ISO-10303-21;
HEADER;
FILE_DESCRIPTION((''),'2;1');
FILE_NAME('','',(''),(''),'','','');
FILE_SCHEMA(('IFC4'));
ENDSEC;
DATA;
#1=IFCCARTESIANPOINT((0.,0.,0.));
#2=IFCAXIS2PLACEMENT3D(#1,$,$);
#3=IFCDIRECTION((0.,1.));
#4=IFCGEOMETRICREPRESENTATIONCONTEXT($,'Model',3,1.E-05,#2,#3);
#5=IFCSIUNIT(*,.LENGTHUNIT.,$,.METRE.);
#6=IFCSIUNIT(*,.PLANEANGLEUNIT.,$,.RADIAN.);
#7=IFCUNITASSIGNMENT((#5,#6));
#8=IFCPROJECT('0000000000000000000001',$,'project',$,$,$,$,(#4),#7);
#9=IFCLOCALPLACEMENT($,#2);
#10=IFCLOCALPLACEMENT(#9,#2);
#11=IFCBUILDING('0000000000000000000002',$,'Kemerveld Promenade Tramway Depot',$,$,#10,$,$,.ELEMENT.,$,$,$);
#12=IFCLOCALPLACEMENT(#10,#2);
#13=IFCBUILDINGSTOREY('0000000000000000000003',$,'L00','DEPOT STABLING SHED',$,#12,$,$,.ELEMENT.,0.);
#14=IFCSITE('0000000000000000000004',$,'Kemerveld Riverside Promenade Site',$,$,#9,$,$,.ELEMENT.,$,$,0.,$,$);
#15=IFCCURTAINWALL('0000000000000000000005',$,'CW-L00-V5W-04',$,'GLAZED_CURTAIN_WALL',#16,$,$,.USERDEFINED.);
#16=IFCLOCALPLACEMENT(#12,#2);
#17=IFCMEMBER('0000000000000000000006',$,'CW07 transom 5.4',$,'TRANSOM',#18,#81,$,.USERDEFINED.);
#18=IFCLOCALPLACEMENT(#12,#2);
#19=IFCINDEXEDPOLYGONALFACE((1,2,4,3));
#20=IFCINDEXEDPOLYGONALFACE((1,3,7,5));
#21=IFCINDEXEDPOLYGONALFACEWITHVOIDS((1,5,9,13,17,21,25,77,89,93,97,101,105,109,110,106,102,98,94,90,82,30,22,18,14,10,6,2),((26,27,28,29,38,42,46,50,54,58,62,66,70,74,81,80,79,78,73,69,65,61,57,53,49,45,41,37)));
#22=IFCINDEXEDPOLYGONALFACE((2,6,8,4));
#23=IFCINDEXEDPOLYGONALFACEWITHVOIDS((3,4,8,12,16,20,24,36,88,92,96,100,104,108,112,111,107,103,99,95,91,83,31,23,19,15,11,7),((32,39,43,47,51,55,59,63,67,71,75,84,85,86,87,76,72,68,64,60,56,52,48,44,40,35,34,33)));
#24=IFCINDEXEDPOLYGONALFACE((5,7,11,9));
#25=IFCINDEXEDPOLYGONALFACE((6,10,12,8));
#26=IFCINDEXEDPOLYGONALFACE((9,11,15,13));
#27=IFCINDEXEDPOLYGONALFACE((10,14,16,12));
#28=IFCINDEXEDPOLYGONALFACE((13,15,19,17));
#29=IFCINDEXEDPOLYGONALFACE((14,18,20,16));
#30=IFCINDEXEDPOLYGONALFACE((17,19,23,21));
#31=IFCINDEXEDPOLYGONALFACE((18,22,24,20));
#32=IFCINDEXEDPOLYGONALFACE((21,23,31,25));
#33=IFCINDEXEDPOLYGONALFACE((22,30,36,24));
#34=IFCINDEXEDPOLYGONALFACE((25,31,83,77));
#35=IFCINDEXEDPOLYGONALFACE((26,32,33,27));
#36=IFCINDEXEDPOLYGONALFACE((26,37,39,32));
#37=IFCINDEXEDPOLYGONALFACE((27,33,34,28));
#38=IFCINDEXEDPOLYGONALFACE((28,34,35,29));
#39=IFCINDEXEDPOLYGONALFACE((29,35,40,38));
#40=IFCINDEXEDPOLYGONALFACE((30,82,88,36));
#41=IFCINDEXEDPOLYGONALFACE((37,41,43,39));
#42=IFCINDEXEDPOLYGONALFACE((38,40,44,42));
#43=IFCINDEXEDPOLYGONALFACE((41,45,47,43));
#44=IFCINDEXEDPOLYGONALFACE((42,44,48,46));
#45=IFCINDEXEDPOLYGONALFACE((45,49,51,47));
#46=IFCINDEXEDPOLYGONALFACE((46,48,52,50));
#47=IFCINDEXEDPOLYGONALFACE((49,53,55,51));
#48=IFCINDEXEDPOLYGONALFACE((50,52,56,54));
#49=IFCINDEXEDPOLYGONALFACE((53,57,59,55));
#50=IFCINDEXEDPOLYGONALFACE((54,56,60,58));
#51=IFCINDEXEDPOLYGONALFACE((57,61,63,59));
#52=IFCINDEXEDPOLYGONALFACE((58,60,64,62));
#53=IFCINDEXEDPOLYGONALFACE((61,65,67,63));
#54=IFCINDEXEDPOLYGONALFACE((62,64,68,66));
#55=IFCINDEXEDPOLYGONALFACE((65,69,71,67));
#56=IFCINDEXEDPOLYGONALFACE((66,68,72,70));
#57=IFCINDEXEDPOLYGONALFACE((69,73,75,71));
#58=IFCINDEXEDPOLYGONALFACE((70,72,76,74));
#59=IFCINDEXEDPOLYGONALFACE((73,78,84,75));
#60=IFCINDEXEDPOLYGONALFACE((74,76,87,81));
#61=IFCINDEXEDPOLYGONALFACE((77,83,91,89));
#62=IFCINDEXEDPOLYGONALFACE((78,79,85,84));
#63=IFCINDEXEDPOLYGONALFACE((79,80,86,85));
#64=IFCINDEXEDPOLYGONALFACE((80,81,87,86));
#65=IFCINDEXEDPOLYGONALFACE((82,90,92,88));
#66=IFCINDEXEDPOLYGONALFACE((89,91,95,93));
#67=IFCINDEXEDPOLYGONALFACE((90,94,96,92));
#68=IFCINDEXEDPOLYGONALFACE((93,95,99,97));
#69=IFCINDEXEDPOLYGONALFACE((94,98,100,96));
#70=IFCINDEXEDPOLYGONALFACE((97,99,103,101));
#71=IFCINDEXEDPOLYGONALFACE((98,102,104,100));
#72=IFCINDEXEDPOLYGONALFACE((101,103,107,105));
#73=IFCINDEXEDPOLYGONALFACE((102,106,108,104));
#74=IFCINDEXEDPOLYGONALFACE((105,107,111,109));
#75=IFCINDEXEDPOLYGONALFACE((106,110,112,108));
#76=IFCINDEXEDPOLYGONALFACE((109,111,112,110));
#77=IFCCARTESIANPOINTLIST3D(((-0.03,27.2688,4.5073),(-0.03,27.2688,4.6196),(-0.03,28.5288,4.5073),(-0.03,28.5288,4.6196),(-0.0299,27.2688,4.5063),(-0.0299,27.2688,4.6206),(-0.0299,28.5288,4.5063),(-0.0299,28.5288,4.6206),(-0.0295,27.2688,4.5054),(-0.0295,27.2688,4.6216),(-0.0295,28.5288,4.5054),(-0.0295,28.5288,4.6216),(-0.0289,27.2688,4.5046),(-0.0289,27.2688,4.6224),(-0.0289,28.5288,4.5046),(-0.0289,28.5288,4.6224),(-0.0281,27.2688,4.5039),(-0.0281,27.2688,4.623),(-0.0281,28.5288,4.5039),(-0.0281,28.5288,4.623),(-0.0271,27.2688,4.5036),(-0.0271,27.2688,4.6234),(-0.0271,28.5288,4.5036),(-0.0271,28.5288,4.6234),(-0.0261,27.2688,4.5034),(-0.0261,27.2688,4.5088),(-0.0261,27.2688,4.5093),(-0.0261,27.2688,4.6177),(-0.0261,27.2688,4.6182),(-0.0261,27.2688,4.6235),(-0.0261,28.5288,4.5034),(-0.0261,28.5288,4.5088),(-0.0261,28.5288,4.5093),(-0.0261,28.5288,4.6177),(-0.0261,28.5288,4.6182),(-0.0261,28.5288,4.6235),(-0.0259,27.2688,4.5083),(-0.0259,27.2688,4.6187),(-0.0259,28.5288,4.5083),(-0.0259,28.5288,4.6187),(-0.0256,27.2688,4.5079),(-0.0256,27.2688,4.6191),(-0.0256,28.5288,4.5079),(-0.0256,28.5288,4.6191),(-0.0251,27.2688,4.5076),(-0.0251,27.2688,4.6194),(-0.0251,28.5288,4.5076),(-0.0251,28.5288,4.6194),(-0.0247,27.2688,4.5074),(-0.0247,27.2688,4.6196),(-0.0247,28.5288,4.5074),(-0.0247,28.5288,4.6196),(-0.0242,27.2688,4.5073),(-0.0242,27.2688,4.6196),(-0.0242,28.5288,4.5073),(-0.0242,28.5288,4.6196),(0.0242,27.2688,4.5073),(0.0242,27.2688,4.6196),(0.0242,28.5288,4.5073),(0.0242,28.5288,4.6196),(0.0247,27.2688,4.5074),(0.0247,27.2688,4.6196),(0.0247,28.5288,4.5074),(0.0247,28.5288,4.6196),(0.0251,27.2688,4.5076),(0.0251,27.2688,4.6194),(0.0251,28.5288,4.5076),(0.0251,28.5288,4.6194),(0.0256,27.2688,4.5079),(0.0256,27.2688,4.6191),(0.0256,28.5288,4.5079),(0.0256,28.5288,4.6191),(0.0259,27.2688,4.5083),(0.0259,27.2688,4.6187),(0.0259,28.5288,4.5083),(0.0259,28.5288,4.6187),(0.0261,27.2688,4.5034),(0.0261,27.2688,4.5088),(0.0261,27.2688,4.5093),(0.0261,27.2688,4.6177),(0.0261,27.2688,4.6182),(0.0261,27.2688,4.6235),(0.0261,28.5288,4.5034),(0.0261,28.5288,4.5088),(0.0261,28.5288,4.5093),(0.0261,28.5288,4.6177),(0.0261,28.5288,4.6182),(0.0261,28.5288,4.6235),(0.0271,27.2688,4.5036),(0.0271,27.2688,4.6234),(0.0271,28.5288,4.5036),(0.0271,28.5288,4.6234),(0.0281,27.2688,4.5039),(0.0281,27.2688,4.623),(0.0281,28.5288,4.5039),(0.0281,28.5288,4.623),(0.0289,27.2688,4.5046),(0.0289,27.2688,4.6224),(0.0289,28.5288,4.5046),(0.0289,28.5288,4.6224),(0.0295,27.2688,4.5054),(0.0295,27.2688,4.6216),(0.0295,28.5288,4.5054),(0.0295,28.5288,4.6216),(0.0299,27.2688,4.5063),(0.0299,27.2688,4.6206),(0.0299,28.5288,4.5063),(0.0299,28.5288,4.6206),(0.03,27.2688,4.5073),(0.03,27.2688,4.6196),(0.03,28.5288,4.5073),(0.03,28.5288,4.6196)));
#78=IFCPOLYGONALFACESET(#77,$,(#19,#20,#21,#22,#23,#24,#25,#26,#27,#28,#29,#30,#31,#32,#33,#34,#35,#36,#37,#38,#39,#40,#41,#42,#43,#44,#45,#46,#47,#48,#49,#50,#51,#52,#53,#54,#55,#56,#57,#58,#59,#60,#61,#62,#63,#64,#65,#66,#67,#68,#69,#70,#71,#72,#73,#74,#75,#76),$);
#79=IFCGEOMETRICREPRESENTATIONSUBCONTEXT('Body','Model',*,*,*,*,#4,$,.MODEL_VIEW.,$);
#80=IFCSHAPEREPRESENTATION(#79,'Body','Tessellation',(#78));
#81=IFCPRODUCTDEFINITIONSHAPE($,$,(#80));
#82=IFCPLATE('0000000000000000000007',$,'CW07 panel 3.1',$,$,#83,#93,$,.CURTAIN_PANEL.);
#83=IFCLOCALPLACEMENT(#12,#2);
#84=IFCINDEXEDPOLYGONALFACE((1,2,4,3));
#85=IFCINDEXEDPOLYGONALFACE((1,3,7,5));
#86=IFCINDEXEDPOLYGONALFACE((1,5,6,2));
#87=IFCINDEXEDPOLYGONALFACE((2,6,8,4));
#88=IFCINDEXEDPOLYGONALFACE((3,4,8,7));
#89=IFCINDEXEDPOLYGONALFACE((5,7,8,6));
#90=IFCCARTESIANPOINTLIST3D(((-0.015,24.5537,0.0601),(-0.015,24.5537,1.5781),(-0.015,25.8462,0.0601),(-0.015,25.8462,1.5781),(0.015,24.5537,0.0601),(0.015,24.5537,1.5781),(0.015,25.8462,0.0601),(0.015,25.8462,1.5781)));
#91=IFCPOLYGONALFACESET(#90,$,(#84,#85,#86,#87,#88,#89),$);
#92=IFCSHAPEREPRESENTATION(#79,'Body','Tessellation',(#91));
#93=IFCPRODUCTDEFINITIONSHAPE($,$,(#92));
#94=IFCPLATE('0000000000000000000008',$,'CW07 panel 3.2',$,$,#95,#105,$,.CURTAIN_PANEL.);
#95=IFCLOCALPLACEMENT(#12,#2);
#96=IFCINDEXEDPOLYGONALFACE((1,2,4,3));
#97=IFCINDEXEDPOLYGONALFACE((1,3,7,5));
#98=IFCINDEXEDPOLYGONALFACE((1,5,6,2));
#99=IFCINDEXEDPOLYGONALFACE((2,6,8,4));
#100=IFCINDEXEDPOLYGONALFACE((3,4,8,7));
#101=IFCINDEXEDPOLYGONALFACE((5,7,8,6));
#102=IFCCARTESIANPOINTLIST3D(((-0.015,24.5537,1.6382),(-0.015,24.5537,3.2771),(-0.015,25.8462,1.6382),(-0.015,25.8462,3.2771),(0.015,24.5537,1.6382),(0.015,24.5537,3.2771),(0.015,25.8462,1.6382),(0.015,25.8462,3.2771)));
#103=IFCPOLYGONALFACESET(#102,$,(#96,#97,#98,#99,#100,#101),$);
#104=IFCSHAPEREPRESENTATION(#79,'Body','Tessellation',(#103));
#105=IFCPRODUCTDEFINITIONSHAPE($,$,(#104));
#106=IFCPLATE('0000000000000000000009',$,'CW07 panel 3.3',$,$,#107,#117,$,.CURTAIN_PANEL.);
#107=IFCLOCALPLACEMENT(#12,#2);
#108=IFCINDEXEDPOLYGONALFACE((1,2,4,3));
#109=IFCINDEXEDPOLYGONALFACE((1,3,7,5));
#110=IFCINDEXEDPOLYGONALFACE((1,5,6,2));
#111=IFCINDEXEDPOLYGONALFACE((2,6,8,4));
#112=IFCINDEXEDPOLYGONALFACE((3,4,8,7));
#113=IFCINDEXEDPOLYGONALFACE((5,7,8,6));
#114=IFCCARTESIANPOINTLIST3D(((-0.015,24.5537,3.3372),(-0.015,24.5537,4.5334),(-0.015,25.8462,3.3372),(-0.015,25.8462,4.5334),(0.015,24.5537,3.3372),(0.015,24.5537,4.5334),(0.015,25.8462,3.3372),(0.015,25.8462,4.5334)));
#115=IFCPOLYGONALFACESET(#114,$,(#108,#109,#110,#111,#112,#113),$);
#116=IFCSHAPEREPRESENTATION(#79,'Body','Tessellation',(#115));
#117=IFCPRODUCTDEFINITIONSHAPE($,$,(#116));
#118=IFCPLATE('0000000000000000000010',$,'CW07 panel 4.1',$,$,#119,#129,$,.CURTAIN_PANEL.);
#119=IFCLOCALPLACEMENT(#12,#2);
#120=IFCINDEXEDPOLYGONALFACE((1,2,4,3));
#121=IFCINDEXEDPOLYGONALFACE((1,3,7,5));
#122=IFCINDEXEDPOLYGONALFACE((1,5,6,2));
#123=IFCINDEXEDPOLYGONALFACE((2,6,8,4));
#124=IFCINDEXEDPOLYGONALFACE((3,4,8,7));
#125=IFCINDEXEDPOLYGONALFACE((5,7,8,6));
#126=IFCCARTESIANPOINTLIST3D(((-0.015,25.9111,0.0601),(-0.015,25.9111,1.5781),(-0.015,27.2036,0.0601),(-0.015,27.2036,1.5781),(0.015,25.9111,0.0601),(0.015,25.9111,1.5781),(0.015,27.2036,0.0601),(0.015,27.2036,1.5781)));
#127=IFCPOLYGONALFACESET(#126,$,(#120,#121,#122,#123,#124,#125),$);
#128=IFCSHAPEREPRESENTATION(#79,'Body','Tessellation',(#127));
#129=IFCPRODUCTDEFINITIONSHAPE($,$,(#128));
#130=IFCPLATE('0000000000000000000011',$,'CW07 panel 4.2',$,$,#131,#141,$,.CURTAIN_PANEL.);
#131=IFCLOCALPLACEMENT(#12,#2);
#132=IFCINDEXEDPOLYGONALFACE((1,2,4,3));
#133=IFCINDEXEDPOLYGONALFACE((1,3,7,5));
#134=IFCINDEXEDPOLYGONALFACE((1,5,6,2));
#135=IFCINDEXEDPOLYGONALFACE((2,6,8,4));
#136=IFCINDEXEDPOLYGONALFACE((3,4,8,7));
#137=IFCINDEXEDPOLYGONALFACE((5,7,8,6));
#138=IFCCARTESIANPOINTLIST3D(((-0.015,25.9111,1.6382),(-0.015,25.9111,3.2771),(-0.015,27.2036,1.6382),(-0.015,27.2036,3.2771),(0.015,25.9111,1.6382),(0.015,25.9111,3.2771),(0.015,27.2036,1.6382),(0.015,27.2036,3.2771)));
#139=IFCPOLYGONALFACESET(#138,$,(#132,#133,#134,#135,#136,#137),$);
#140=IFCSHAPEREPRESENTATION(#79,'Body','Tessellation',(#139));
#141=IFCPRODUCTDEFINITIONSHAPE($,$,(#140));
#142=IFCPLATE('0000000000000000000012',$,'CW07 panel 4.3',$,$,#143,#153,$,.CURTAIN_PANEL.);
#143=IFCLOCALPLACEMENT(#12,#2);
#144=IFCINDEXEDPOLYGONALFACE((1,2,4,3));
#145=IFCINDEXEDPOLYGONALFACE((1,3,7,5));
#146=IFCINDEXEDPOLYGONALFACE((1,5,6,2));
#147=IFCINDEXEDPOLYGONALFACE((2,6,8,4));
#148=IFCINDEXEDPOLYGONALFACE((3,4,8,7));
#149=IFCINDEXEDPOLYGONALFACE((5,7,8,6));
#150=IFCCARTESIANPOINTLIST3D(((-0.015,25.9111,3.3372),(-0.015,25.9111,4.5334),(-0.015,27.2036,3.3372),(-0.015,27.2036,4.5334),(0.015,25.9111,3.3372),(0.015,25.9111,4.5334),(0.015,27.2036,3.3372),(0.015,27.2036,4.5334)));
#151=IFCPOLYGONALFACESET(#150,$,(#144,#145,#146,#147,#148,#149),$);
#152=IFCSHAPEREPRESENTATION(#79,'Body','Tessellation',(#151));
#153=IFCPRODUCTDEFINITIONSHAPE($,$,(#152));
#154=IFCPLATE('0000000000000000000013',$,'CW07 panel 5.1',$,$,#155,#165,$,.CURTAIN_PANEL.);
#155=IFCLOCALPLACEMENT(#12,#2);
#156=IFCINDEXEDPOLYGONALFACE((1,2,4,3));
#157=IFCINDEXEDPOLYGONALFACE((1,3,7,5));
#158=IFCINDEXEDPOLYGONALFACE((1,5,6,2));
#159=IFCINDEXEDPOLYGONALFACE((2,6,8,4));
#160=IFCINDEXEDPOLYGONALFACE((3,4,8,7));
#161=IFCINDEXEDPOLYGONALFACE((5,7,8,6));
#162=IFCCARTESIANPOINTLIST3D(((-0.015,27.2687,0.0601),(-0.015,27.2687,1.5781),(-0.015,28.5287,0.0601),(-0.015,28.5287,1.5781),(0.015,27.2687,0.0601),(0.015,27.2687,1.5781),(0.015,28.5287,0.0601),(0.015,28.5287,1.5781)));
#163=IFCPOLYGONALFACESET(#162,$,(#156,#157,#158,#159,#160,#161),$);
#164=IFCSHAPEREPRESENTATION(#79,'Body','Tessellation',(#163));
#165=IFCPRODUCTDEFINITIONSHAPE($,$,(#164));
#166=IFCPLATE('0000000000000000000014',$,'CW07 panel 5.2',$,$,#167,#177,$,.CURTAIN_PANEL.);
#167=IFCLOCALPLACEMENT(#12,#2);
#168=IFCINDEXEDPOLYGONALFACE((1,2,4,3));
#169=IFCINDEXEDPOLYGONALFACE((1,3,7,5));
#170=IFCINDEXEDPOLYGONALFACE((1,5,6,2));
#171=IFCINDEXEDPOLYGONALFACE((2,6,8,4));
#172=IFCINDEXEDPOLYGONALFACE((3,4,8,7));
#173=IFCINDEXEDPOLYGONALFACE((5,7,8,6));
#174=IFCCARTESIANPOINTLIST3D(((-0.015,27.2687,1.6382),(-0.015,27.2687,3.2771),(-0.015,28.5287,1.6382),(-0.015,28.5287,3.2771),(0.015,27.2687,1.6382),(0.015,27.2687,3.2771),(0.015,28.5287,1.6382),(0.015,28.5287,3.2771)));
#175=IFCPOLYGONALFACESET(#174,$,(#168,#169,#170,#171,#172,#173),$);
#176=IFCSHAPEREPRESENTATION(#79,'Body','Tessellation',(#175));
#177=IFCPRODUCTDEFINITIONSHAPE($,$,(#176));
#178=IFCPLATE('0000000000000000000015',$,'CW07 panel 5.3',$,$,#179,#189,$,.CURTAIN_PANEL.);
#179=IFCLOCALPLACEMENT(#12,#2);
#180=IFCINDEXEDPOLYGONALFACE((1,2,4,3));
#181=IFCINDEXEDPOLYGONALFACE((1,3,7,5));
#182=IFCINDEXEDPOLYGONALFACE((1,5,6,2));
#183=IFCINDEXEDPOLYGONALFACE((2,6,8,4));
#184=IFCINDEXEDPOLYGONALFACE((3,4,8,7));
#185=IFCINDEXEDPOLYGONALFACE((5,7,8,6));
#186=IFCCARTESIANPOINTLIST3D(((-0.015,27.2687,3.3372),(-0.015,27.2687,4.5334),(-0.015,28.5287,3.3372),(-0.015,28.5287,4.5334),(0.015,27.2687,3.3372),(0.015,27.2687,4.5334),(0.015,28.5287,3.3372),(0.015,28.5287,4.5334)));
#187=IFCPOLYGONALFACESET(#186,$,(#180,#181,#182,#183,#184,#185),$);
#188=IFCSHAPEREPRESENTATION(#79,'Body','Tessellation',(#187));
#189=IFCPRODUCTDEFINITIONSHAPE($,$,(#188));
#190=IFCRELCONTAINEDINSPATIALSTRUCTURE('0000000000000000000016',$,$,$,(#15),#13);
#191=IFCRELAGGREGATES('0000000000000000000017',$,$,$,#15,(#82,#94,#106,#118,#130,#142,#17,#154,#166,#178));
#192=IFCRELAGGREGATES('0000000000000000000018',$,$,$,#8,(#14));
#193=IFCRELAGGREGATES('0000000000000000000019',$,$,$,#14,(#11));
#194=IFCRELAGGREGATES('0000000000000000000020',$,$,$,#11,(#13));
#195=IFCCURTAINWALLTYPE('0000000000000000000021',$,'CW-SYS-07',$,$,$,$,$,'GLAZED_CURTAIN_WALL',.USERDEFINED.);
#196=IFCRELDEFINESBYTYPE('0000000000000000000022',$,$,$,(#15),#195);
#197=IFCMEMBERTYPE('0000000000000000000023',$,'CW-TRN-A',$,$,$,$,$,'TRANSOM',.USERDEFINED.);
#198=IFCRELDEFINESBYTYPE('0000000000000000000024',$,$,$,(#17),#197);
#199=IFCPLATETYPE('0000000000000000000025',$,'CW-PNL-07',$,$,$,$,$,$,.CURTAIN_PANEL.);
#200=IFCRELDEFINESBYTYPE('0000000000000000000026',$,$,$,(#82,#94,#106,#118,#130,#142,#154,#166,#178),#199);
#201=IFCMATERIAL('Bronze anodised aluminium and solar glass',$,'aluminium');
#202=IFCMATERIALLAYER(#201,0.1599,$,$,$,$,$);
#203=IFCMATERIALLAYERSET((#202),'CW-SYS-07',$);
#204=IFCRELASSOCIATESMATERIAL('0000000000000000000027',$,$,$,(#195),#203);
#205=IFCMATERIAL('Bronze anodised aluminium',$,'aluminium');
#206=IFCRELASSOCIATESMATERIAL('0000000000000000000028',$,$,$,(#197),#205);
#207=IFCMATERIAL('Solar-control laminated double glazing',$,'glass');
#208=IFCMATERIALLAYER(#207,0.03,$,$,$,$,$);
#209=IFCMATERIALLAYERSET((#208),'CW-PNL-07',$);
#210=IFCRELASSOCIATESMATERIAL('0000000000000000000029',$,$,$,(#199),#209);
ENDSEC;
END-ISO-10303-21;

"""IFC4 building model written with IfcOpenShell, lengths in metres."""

from ifc_helpers import new_model, si_unit, direction, frame, origin, origin_2d, place, context, subcontext, project, spatial, rectangle, hollow_rectangle, extrude, material, layer, layer_set, material_profile, profile_set, type_object, element, aggregate, save


model = new_model("IFC4")

# Units and contexts
model_context = context("Model", 3, precision=1e-05, world=origin(), true_north=direction((0.0, 1.0)))
body_context = subcontext(model_context, "Body", "Model", "MODEL_VIEW")
ifc_project = project(units=[si_unit("LENGTHUNIT", "METRE"), si_unit("PLANEANGLEUNIT", "RADIAN")], contexts=[model_context])

# Site, building, storey
site_placement = place(None, origin())
site = spatial("IfcSite", under=ifc_project, at=site_placement, Name="Kemerveld Riverside Promenade Site", CompositionType="ELEMENT", RefElevation=0.0)
building_placement = place(site_placement, origin())
building = spatial("IfcBuilding", under=site, at=building_placement, Name="Kemerveld Promenade Tramway Depot", CompositionType="ELEMENT")
storey_placement = place(building_placement, origin())
storey = spatial("IfcBuildingStorey", under=building, at=storey_placement, Name="L00", Description="DEPOT STABLING SHED", CompositionType="ELEMENT", Elevation=0.0)

# Curtain wall, member, plates
ifc_material_1 = material(Name="Bronze anodised aluminium and solar glass", Category="aluminium")
ifc_layer_1 = layer(ifc_material_1, 0.1599)
ifc_layer_set_1 = layer_set([ifc_layer_1], Name="CW-SYS-07")
curtain_wall_type = type_object("IfcCurtainWallType", Name="CW-SYS-07", ElementType="GLAZED_CURTAIN_WALL", PredefinedType="USERDEFINED", material=ifc_layer_set_1)
curtain_wall_placement = place(storey_placement, origin())
curtain_wall = element("IfcCurtainWall", 1, at=curtain_wall_placement, inside=storey, type_object=curtain_wall_type, Name="CW-L00-V5W-04", ObjectType="GLAZED_CURTAIN_WALL", PredefinedType="USERDEFINED")
ifc_material_2 = material(Name="Bronze anodised aluminium", Category="aluminium")
ifc_material_profile_1 = material_profile(ifc_material_2, hollow_rectangle(XDim=0.0601, YDim=0.1201, WallThickness=0.0039, InnerFilletRadius=0.002, OuterFilletRadius=0.0039, at=origin_2d()), Name="CW-TRN-120x60")
ifc_profile_set_1 = profile_set([ifc_material_profile_1], Name="Bronze anodised aluminium")
member_type_1 = type_object("IfcMemberType", Name="CW-TRN-A", ElementType="TRANSOM", PredefinedType="USERDEFINED", material=ifc_profile_set_1)
member_1_placement = place(storey_placement, frame((0.0, 27.2688, 4.5635), z_axis=(0.0, 1.0, 0.0), x_axis=(-1.0, 0.0, 0.0)))
member_1 = element("IfcMember", 2, at=member_1_placement, type_object=member_type_1, Name="CW07 transom 5.4", ObjectType="TRANSOM", PredefinedType="USERDEFINED", context=body_context, shape_type="SweptSolid", body=[
    extrude(hollow_rectangle(XDim=0.0601, YDim=0.1201, WallThickness=0.0039, InnerFilletRadius=0.002, OuterFilletRadius=0.0039, at=origin_2d()), origin(), (0.0, 0.0, 1.0), 1.26),
])
ifc_material_3 = material(Name="Solar-control laminated double glazing", Category="glass")
ifc_layer_2 = layer(ifc_material_3, 0.03)
ifc_layer_set_2 = layer_set([ifc_layer_2], Name="CW-PNL-07")
plate_type_1 = type_object("IfcPlateType", Name="CW-PNL-07", PredefinedType="CURTAIN_PANEL", material=ifc_layer_set_2)
plate_1_placement = place(storey_placement, frame((0.0, 25.2, 0.0601), z_axis=(0.0, 0.0, 1.0), x_axis=(0.0, 1.0, 0.0)))
plate_1 = element("IfcPlate", 3, at=plate_1_placement, type_object=plate_type_1, Name="CW07 panel 3.1", PredefinedType="CURTAIN_PANEL", context=body_context, shape_type="SweptSolid", body=[
    extrude(rectangle(XDim=1.2925, YDim=0.03, at=origin_2d()), origin(), (0.0, 0.0, 1.0), 1.5181),
])
plate_2_placement = place(storey_placement, frame((0.0, 25.2, 1.6382), z_axis=(0.0, 0.0, 1.0), x_axis=(0.0, 1.0, 0.0)))
plate_2 = element("IfcPlate", 4, at=plate_2_placement, type_object=plate_type_1, Name="CW07 panel 3.2", PredefinedType="CURTAIN_PANEL", context=body_context, shape_type="SweptSolid", body=[
    extrude(rectangle(XDim=1.2925, YDim=0.03, at=origin_2d()), origin(), (0.0, 0.0, 1.0), 1.6389),
])
plate_3_placement = place(storey_placement, frame((0.0, 25.2, 3.3372), z_axis=(0.0, 0.0, 1.0), x_axis=(0.0, 1.0, 0.0)))
plate_3 = element("IfcPlate", 5, at=plate_3_placement, type_object=plate_type_1, Name="CW07 panel 3.3", PredefinedType="CURTAIN_PANEL", context=body_context, shape_type="SweptSolid", body=[
    extrude(rectangle(XDim=1.2925, YDim=0.03, at=origin_2d()), origin(), (0.0, 0.0, 1.0), 1.1963),
])
plate_4_placement = place(storey_placement, frame((0.0, 26.5574, 0.0601), z_axis=(0.0, 0.0, 1.0), x_axis=(0.0, 1.0, 0.0)))
plate_4 = element("IfcPlate", 6, at=plate_4_placement, type_object=plate_type_1, Name="CW07 panel 4.1", PredefinedType="CURTAIN_PANEL", context=body_context, shape_type="SweptSolid", body=[
    extrude(rectangle(XDim=1.2925, YDim=0.03, at=origin_2d()), origin(), (0.0, 0.0, 1.0), 1.5181),
])
plate_5_placement = place(storey_placement, frame((0.0, 26.5574, 1.6382), z_axis=(0.0, 0.0, 1.0), x_axis=(0.0, 1.0, 0.0)))
plate_5 = element("IfcPlate", 7, at=plate_5_placement, type_object=plate_type_1, Name="CW07 panel 4.2", PredefinedType="CURTAIN_PANEL", context=body_context, shape_type="SweptSolid", body=[
    extrude(rectangle(XDim=1.2925, YDim=0.03, at=origin_2d()), origin(), (0.0, 0.0, 1.0), 1.6389),
])
plate_6_placement = place(storey_placement, frame((0.0, 26.5574, 3.3372), z_axis=(0.0, 0.0, 1.0), x_axis=(0.0, 1.0, 0.0)))
plate_6 = element("IfcPlate", 8, at=plate_6_placement, type_object=plate_type_1, Name="CW07 panel 4.3", PredefinedType="CURTAIN_PANEL", context=body_context, shape_type="SweptSolid", body=[
    extrude(rectangle(XDim=1.2925, YDim=0.03, at=origin_2d()), origin(), (0.0, 0.0, 1.0), 1.1963),
])
plate_7_placement = place(storey_placement, frame((0.0, 27.8987, 0.0601), z_axis=(0.0, 0.0, 1.0), x_axis=(0.0, 1.0, 0.0)))
plate_7 = element("IfcPlate", 9, at=plate_7_placement, type_object=plate_type_1, Name="CW07 panel 5.1", PredefinedType="CURTAIN_PANEL", context=body_context, shape_type="SweptSolid", body=[
    extrude(rectangle(XDim=1.26, YDim=0.03, at=origin_2d()), origin(), (0.0, 0.0, 1.0), 1.5181),
])
plate_8_placement = place(storey_placement, frame((0.0, 27.8987, 1.6382), z_axis=(0.0, 0.0, 1.0), x_axis=(0.0, 1.0, 0.0)))
plate_8 = element("IfcPlate", 10, at=plate_8_placement, type_object=plate_type_1, Name="CW07 panel 5.2", PredefinedType="CURTAIN_PANEL", context=body_context, shape_type="SweptSolid", body=[
    extrude(rectangle(XDim=1.26, YDim=0.03, at=origin_2d()), origin(), (0.0, 0.0, 1.0), 1.6389),
])
plate_9_placement = place(storey_placement, frame((0.0, 27.8987, 3.3372), z_axis=(0.0, 0.0, 1.0), x_axis=(0.0, 1.0, 0.0)))
plate_9 = element("IfcPlate", 11, at=plate_9_placement, type_object=plate_type_1, Name="CW07 panel 5.3", PredefinedType="CURTAIN_PANEL", context=body_context, shape_type="SweptSolid", body=[
    extrude(rectangle(XDim=1.26, YDim=0.03, at=origin_2d()), origin(), (0.0, 0.0, 1.0), 1.1963),
])
aggregate(curtain_wall, [plate_1, plate_2, plate_3, plate_4, plate_5, plate_6, member_1, plate_7, plate_8, plate_9])

save(model, "model.ifc")
